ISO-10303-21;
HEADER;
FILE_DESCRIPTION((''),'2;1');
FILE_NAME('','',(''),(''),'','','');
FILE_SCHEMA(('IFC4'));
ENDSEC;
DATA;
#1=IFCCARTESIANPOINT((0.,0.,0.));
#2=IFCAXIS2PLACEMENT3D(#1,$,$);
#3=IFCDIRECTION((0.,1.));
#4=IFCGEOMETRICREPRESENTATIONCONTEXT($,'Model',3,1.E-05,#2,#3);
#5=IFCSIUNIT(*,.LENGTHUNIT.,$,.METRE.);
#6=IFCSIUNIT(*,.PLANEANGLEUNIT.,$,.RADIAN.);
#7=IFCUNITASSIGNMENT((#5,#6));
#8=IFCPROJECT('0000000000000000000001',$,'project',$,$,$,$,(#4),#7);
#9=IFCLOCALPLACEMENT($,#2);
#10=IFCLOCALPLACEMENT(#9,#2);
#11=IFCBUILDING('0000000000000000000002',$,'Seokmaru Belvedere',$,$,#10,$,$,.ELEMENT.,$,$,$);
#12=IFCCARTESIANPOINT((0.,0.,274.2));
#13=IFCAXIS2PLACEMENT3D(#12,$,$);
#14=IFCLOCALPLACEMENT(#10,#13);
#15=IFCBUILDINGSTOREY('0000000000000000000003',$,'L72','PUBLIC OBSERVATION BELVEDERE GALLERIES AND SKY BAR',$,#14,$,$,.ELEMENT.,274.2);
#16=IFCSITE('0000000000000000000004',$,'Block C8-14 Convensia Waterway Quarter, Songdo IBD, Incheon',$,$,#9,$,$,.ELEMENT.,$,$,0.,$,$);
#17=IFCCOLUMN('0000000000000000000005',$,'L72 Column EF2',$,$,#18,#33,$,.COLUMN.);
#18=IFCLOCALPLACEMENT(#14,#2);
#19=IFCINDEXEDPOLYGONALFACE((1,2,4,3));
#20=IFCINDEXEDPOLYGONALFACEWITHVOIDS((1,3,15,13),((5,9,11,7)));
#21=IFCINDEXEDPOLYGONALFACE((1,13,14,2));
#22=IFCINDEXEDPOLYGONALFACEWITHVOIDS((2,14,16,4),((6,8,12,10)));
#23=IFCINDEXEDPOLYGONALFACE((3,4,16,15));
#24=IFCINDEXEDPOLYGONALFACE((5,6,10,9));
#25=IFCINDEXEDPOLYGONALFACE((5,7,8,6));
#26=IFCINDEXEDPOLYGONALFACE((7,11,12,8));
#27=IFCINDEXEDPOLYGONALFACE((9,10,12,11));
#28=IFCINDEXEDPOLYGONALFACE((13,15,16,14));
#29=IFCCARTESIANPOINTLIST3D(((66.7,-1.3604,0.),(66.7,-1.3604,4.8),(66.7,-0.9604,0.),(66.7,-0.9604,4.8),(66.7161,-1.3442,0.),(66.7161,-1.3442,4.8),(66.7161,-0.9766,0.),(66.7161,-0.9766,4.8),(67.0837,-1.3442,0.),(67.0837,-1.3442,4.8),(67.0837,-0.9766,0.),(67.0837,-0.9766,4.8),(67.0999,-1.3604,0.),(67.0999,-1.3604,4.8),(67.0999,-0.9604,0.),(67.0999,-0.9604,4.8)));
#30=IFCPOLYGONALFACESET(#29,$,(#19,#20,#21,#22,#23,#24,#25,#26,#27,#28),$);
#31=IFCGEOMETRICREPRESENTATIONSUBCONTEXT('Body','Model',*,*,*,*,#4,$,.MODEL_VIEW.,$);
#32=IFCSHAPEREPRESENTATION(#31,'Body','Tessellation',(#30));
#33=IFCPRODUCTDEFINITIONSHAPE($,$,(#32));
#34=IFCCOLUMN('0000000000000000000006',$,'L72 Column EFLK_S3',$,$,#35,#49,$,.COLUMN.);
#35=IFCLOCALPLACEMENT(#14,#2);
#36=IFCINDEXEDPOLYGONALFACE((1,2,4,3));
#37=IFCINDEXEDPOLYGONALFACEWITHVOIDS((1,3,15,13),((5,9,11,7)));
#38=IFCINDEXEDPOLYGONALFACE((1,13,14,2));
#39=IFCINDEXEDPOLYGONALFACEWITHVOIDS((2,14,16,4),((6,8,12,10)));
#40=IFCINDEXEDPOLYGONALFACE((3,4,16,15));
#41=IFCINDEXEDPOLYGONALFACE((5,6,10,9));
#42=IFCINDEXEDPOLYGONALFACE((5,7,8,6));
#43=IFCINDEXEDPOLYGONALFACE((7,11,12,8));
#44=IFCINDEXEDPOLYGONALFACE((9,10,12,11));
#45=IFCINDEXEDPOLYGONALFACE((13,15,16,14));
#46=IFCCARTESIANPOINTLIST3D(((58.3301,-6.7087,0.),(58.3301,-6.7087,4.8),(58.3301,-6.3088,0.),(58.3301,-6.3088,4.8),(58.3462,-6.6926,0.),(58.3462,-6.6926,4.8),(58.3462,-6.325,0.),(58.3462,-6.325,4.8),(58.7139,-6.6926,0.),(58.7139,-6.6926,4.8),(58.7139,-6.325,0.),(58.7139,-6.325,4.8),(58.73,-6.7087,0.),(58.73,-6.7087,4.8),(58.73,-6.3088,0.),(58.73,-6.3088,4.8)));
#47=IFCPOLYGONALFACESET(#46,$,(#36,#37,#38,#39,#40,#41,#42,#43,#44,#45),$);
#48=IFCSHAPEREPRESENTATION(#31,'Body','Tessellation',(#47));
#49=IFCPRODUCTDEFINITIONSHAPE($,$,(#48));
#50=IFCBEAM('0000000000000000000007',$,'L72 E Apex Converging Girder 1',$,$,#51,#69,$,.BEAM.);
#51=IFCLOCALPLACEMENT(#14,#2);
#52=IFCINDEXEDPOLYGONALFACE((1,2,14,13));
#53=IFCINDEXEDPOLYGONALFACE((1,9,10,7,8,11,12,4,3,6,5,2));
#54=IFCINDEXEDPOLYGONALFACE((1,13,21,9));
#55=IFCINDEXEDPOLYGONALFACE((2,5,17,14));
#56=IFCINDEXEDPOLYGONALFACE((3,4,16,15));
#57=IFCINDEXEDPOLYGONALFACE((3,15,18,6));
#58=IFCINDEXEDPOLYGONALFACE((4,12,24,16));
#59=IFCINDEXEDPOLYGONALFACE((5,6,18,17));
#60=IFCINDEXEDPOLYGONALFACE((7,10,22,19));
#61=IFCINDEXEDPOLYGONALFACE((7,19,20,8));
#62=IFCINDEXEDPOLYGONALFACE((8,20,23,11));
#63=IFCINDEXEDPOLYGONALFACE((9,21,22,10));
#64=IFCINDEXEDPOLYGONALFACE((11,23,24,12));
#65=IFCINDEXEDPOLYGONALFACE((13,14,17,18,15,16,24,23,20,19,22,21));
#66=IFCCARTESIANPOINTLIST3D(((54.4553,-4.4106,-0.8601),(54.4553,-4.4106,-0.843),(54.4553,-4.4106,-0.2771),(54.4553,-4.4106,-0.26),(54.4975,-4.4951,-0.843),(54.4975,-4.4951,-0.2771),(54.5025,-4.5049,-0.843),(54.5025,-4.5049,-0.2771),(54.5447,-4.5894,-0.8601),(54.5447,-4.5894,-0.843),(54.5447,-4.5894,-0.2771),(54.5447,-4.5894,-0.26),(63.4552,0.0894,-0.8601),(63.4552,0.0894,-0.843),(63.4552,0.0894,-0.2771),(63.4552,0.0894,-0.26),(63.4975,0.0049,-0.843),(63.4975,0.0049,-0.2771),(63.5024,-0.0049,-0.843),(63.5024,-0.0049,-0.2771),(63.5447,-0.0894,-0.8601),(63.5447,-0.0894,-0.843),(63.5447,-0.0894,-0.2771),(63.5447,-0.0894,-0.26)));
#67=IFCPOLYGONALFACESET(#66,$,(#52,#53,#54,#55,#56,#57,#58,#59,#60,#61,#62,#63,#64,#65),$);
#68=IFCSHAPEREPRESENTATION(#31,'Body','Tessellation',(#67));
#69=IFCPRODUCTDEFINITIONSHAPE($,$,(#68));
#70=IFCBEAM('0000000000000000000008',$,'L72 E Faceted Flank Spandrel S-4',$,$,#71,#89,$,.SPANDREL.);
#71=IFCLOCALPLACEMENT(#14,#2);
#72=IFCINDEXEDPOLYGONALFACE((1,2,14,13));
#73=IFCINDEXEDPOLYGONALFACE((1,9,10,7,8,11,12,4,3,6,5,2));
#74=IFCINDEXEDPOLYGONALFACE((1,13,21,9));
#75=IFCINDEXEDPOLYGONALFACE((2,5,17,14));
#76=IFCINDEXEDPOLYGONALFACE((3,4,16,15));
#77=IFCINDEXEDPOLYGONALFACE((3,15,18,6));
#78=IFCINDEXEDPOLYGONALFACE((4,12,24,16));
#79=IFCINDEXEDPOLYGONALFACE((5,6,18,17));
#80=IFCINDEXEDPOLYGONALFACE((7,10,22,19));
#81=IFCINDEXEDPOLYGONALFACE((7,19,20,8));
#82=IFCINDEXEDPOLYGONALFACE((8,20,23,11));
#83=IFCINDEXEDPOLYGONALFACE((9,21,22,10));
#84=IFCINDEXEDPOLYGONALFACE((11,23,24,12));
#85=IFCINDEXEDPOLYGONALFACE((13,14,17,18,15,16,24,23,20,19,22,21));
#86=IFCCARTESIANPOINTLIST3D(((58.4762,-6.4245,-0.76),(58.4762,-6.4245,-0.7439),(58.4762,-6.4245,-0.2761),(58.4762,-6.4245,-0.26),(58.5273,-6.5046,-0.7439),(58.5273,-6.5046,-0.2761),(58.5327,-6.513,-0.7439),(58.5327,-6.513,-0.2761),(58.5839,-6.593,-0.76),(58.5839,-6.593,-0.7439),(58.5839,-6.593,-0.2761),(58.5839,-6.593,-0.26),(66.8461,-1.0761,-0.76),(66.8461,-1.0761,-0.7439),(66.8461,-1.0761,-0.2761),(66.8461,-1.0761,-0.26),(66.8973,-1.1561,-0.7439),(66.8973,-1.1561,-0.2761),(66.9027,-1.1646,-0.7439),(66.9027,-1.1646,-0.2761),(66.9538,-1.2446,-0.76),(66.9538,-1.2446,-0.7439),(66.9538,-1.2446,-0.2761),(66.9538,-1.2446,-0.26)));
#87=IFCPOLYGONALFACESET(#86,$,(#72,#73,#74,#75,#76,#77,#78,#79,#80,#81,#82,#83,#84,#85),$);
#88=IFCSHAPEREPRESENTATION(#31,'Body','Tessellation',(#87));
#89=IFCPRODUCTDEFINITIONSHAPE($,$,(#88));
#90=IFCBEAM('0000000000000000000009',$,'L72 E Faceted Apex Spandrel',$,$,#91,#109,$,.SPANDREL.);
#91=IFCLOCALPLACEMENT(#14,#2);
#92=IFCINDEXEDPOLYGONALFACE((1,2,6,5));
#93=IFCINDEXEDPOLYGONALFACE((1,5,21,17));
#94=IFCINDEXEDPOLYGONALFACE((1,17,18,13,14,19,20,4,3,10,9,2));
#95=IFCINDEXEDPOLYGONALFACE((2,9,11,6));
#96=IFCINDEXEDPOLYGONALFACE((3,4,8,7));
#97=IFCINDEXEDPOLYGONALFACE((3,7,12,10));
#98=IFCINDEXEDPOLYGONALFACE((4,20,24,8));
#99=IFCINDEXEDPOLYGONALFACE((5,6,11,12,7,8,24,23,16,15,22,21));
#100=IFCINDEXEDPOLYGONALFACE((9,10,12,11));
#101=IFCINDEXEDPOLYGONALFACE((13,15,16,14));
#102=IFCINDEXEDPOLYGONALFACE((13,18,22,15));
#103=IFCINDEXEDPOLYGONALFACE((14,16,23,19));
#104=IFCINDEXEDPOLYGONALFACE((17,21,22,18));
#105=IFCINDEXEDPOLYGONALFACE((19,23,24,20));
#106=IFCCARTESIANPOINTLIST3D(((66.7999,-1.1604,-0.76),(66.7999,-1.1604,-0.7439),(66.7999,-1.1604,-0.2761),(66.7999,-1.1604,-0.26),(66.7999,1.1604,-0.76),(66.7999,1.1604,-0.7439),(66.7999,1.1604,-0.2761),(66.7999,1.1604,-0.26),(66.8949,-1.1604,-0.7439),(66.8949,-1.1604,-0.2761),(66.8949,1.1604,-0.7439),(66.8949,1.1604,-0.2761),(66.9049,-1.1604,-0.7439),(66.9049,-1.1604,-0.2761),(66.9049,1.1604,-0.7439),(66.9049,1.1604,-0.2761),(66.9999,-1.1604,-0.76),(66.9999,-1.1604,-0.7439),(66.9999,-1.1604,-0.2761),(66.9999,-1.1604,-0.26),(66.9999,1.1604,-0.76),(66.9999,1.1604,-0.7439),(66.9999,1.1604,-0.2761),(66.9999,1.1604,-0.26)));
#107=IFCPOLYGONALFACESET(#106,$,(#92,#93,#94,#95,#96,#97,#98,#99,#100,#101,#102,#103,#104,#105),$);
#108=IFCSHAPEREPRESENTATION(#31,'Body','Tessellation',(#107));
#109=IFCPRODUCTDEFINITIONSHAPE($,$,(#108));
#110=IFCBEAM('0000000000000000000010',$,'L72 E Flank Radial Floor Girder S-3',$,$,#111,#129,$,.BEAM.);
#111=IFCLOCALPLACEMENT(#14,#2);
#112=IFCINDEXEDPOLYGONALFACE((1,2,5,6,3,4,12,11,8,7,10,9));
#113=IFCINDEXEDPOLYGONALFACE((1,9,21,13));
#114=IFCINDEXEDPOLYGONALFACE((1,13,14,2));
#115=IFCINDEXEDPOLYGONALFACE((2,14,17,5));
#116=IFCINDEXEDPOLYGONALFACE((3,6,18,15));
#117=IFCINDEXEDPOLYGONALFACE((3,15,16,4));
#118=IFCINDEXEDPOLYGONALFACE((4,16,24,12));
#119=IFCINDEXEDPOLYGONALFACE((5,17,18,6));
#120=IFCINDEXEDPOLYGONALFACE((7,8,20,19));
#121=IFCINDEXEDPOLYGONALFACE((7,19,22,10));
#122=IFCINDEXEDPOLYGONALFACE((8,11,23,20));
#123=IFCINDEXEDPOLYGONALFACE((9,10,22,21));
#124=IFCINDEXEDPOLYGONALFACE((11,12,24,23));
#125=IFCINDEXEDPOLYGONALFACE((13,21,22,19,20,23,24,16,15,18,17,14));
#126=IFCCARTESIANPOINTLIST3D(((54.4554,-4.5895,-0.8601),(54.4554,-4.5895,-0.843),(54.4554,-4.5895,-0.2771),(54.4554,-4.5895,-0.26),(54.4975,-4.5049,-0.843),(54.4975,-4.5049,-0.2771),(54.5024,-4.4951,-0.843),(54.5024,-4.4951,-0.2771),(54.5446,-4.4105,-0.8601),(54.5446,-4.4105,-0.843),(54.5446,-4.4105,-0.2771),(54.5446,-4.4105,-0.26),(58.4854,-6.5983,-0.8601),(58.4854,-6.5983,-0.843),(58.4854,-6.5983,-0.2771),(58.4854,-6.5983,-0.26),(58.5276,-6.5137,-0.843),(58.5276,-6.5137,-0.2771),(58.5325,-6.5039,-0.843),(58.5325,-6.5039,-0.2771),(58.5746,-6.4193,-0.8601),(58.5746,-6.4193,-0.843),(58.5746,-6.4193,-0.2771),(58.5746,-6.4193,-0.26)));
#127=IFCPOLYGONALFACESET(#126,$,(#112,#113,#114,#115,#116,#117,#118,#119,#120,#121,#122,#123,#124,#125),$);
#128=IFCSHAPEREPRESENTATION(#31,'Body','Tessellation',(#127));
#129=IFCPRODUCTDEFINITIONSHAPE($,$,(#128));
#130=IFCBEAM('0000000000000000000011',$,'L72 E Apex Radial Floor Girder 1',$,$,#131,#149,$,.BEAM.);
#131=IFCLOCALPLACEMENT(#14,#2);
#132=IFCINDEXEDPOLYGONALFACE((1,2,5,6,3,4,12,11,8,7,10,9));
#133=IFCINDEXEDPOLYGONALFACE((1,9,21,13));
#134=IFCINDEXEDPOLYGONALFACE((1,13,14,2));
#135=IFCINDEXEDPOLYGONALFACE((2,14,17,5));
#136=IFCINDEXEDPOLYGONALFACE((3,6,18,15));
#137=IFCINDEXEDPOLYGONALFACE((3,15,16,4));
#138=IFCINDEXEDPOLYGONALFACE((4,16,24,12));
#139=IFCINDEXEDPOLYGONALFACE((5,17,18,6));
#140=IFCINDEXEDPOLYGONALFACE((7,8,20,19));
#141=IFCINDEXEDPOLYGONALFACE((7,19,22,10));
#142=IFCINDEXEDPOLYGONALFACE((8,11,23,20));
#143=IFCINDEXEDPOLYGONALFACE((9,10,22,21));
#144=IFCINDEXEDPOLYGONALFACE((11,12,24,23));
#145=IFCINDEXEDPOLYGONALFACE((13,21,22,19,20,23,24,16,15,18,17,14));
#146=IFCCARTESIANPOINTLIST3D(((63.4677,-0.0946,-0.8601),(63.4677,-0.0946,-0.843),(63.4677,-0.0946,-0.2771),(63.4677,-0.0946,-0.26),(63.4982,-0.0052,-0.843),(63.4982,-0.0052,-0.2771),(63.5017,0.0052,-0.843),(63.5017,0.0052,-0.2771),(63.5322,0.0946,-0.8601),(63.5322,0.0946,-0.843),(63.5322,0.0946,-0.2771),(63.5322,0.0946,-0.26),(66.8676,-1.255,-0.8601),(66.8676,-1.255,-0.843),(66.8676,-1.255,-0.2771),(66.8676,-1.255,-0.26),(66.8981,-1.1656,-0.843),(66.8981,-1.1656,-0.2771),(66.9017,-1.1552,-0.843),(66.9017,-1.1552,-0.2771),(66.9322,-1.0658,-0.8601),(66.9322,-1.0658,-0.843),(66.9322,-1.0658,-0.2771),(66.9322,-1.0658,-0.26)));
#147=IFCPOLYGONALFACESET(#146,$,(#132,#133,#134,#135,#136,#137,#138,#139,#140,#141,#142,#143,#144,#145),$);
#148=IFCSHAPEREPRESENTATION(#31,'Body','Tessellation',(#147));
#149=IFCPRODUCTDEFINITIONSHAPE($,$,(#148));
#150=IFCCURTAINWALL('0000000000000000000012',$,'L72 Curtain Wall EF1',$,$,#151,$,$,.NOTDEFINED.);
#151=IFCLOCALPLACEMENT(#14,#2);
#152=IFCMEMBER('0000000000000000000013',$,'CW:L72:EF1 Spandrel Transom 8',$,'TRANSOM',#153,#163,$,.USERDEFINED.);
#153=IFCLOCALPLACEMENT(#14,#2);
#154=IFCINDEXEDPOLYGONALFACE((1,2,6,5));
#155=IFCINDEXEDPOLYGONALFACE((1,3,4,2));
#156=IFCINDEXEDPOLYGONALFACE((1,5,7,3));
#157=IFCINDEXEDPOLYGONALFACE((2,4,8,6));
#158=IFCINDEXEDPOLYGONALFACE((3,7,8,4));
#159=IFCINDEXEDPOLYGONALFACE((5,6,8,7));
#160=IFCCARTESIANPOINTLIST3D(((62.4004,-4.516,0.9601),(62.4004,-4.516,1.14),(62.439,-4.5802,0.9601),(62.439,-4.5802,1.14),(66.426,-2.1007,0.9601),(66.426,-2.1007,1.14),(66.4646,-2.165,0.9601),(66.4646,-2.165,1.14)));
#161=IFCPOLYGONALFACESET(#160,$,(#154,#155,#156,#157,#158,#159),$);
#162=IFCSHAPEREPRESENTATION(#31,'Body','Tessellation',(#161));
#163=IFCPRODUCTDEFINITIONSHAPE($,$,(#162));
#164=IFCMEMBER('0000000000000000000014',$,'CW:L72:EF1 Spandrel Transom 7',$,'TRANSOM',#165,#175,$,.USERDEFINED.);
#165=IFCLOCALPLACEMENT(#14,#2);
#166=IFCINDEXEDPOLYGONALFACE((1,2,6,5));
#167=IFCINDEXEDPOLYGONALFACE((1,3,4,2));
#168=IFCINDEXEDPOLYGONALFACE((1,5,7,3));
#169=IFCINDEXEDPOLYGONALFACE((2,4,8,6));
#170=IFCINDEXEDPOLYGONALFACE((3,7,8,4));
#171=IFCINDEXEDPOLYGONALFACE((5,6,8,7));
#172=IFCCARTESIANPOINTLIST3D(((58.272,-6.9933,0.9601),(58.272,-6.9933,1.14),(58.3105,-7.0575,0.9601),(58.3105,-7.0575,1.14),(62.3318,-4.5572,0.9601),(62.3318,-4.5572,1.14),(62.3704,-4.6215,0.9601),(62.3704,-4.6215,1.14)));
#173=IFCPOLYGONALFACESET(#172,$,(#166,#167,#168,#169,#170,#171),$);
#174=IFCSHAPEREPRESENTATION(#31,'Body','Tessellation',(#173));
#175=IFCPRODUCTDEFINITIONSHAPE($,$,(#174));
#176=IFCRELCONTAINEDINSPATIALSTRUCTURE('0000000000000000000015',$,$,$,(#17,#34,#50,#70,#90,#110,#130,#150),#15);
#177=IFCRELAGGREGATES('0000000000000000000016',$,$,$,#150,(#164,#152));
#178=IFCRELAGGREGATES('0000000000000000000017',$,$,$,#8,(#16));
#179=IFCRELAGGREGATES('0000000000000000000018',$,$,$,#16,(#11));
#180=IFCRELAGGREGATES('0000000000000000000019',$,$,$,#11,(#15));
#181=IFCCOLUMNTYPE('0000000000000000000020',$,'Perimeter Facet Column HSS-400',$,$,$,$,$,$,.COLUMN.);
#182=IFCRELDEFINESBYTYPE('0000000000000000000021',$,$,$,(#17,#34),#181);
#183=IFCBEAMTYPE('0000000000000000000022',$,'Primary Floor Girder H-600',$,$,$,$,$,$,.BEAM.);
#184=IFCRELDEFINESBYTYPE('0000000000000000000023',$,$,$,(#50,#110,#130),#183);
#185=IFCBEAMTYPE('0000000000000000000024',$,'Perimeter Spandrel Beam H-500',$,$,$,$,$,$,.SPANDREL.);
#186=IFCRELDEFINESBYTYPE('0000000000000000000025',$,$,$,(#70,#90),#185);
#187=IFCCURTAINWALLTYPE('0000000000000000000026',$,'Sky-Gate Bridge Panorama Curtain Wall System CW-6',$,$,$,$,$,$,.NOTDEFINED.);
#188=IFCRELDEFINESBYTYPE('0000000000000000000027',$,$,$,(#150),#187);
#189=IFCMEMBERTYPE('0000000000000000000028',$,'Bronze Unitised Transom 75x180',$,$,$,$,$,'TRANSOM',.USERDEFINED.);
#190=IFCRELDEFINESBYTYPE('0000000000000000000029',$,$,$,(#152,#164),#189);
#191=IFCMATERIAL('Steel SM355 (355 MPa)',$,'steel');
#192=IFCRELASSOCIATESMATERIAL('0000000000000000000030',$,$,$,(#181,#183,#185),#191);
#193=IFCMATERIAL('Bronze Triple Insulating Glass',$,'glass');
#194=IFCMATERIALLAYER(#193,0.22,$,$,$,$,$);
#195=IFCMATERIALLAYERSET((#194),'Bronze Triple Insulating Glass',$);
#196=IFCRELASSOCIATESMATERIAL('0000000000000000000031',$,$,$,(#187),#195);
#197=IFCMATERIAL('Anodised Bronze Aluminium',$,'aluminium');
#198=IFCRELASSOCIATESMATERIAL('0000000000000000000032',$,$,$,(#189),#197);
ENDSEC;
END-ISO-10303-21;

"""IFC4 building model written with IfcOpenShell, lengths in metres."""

from ifc_helpers import new_model, si_unit, direction, frame, origin, origin_2d, place, context, subcontext, project, spatial, rectangle, hollow_rectangle, i_section, extrude, source, transform, mapped, material, layer, layer_set, material_profile, profile_set, type_object, type_shapes, element, aggregate, save


model = new_model("IFC4")

# Units and contexts
model_context = context("Model", 3, precision=1e-05, world=origin(), true_north=direction((0.0, 1.0)))
body_context = subcontext(model_context, "Body", "Model", "MODEL_VIEW")
ifc_project = project(units=[si_unit("LENGTHUNIT", "METRE"), si_unit("PLANEANGLEUNIT", "RADIAN")], contexts=[model_context])

# Site, building, storey
site_placement = place(None, origin())
site = spatial("IfcSite", under=ifc_project, at=site_placement, Name="Block C8-14 Convensia Waterway Quarter, Songdo IBD, Incheon", CompositionType="ELEMENT", RefElevation=0.0)
building_placement = place(site_placement, origin())
building = spatial("IfcBuilding", under=site, at=building_placement, Name="Seokmaru Belvedere", CompositionType="ELEMENT")
storey_placement = place(building_placement, frame((0.0, 0.0, 274.2)))
storey = spatial("IfcBuildingStorey", under=building, at=storey_placement, Name="L72", Description="PUBLIC OBSERVATION BELVEDERE GALLERIES AND SKY BAR", CompositionType="ELEMENT", Elevation=274.2)

# Columns
ifc_material_1 = material(Name="Steel SM355 (355 MPa)", Category="steel")
ifc_material_profile_1 = material_profile(ifc_material_1, hollow_rectangle(XDim=0.3999, YDim=0.3999, WallThickness=0.0161, at=origin_2d()), Name="HSS-400x400x16")
ifc_profile_set_1 = profile_set([ifc_material_profile_1], Name="Steel SM355 (355 MPa)")
column_type = type_object("IfcColumnType", Name="Perimeter Facet Column HSS-400", PredefinedType="COLUMN", material=ifc_profile_set_1)
shared_shape_1 = source(origin(), body_context, "Body", "SweptSolid", [
    extrude(hollow_rectangle(XDim=0.3999, YDim=0.3999, WallThickness=0.0161, at=origin_2d()), origin(), (0.0, 0.0, 1.0), 4.8),
])
type_shapes(column_type, [shared_shape_1])
for number, where, z_axis, x_axis, name in (
    (1, (66.8999, -1.1604, 0.0), (0.0, 0.0, 1.0), (1.0, 0.0, 0.0), "L72 Column EF2"),
    (2, (58.53, -6.5088, 0.0), (0.0, 0.0, 1.0), (1.0, 0.0, 0.0), "L72 Column EFLK_S3"),
):
    element("IfcColumn", number, at=place(storey_placement, frame(where, z_axis=z_axis, x_axis=x_axis)), inside=storey, type_object=column_type, Name=name, PredefinedType="COLUMN", context=body_context, shape_type="MappedRepresentation", body=[
        mapped(shared_shape_1, transform((0.0, 0.0, 0.0), scale=1.0)),
    ])

# Beams
ifc_material_profile_2 = material_profile(ifc_material_1, i_section(OverallWidth=0.2, OverallDepth=0.6001, WebThickness=0.011, FlangeThickness=0.0171, at=origin_2d()), Name="H-600x200x11x17")
ifc_profile_set_2 = profile_set([ifc_material_profile_2], Name="Steel SM355 (355 MPa)")
beam_type_1 = type_object("IfcBeamType", Name="Primary Floor Girder H-600", PredefinedType="BEAM", material=ifc_profile_set_2)
shared_shape_2 = source(origin(), body_context, "Body", "SweptSolid", [
    extrude(i_section(OverallWidth=0.2, OverallDepth=0.6001, WebThickness=0.011, FlangeThickness=0.0171, at=origin_2d()), origin(), (0.0, 0.0, 1.0), 10.0623),
])
beam_1_placement = place(storey_placement, frame((54.5, -4.5, -0.5601), z_axis=(0.894427, 0.447214, 0.0), x_axis=(-0.447214, 0.894427, 0.0)))
element("IfcBeam", 3, at=beam_1_placement, inside=storey, type_object=beam_type_1, Name="L72 E Apex Converging Girder 1", PredefinedType="BEAM", context=body_context, shape_type="MappedRepresentation", body=[
    mapped(shared_shape_2, transform((0.0, 0.0, 0.0), scale=1.0)),
])
ifc_material_profile_3 = material_profile(ifc_material_1, i_section(OverallWidth=0.2, OverallDepth=0.5, WebThickness=0.01, FlangeThickness=0.0161, at=origin_2d()), Name="H-500x200x10x16")
ifc_profile_set_3 = profile_set([ifc_material_profile_3], Name="Steel SM355 (355 MPa)")
beam_type_2 = type_object("IfcBeamType", Name="Perimeter Spandrel Beam H-500", PredefinedType="SPANDREL", material=ifc_profile_set_3)
shared_shape_3 = source(origin(), body_context, "Body", "SweptSolid", [
    extrude(i_section(OverallWidth=0.2, OverallDepth=0.5, WebThickness=0.01, FlangeThickness=0.0161, at=origin_2d()), origin(), (0.0, 0.0, 1.0), 9.9329),
])
beam_2_placement = place(storey_placement, frame((58.53, -6.5088, -0.51), z_axis=(0.842652, 0.538459, 0.0), x_axis=(-0.538459, 0.842652, 0.0)))
element("IfcBeam", 4, at=beam_2_placement, inside=storey, type_object=beam_type_2, Name="L72 E Faceted Flank Spandrel S-4", PredefinedType="SPANDREL", context=body_context, shape_type="MappedRepresentation", body=[
    mapped(shared_shape_3, transform((0.0, 0.0, 0.0), scale=1.0)),
])
shared_shape_4 = source(origin(), body_context, "Body", "SweptSolid", [
    extrude(i_section(OverallWidth=0.2, OverallDepth=0.5, WebThickness=0.01, FlangeThickness=0.0161, at=origin_2d()), origin(), (0.0, 0.0, 1.0), 2.3208),
])
type_shapes(beam_type_2, [shared_shape_3, shared_shape_4])
beam_3_placement = place(storey_placement, frame((66.8999, -1.1604, -0.51), z_axis=(0.0, 1.0, 0.0), x_axis=(-1.0, 0.0, 0.0)))
element("IfcBeam", 5, at=beam_3_placement, inside=storey, type_object=beam_type_2, Name="L72 E Faceted Apex Spandrel", PredefinedType="SPANDREL", context=body_context, shape_type="MappedRepresentation", body=[
    mapped(shared_shape_4, transform((0.0, 0.0, 0.0), scale=1.0)),
])
shared_shape_5 = source(origin(), body_context, "Body", "SweptSolid", [
    extrude(i_section(OverallWidth=0.2, OverallDepth=0.6001, WebThickness=0.011, FlangeThickness=0.0171, at=origin_2d()), origin(), (0.0, 0.0, 1.0), 4.5029),
])
beam_4_placement = place(storey_placement, frame((58.53, -6.5088, -0.5601), z_axis=(-0.89498, 0.446107, 0.0), x_axis=(-0.446107, -0.89498, 0.0)))
element("IfcBeam", 6, at=beam_4_placement, inside=storey, type_object=beam_type_1, Name="L72 E Flank Radial Floor Girder S-3", PredefinedType="BEAM", context=body_context, shape_type="MappedRepresentation", body=[
    mapped(shared_shape_5, transform((0.0, 0.0, 0.0), scale=1.0)),
])
shared_shape_6 = source(origin(), body_context, "Body", "SweptSolid", [
    extrude(i_section(OverallWidth=0.2, OverallDepth=0.6001, WebThickness=0.011, FlangeThickness=0.0171, at=origin_2d()), origin(), (0.0, 0.0, 1.0), 3.5925),
])
type_shapes(beam_type_1, [shared_shape_2, shared_shape_5, shared_shape_6])
beam_5_placement = place(storey_placement, frame((66.8999, -1.1604, -0.5601), z_axis=(-0.946396, 0.323009, 0.0), x_axis=(-0.323009, -0.946396, 0.0)))
element("IfcBeam", 7, at=beam_5_placement, inside=storey, type_object=beam_type_1, Name="L72 E Apex Radial Floor Girder 1", PredefinedType="BEAM", context=body_context, shape_type="MappedRepresentation", body=[
    mapped(shared_shape_6, transform((0.0, 0.0, 0.0), scale=1.0)),
])

# Curtain wall, members
ifc_material_2 = material(Name="Bronze Triple Insulating Glass", Category="glass")
ifc_layer_1 = layer(ifc_material_2, 0.22)
ifc_layer_set_1 = layer_set([ifc_layer_1], Name="Bronze Triple Insulating Glass")
curtain_wall_type = type_object("IfcCurtainWallType", Name="Sky-Gate Bridge Panorama Curtain Wall System CW-6", PredefinedType="NOTDEFINED", material=ifc_layer_set_1)
curtain_wall_1_placement = place(storey_placement, origin())
curtain_wall_1 = element("IfcCurtainWall", 8, at=curtain_wall_1_placement, inside=storey, type_object=curtain_wall_type, Name="L72 Curtain Wall EF1", PredefinedType="NOTDEFINED")
ifc_material_3 = material(Name="Anodised Bronze Aluminium", Category="aluminium")
ifc_material_profile_4 = material_profile(ifc_material_3, rectangle(XDim=0.075, YDim=0.1799, at=origin_2d()), Name="CW-T-75x180")
ifc_profile_set_4 = profile_set([ifc_material_profile_4], Name="Anodised Bronze Aluminium")
member_type_1 = type_object("IfcMemberType", Name="Bronze Unitised Transom 75x180", ElementType="TRANSOM", PredefinedType="USERDEFINED", material=ifc_profile_set_4)
shared_shape_7 = source(origin(), body_context, "Body", "SweptSolid", [
    extrude(rectangle(XDim=0.075, YDim=0.1799, at=origin_2d()), origin(), (0.0, 0.0, 1.0), 4.6946),
])
member_1_placement = place(storey_placement, frame((62.4197, -4.5481, 1.05), z_axis=(0.857502, 0.51448, 0.0), x_axis=(-0.51448, 0.857502, 0.0)))
member_1 = element("IfcMember", 9, at=member_1_placement, type_object=member_type_1, Name="CW:L72:EF1 Spandrel Transom 8", ObjectType="TRANSOM", PredefinedType="USERDEFINED", context=body_context, shape_type="MappedRepresentation", body=[
    mapped(shared_shape_7, transform((0.0, 0.0, 0.0), scale=1.0)),
])
shared_shape_8 = source(origin(), body_context, "Body", "SweptSolid", [
    extrude(rectangle(XDim=0.075, YDim=0.1799, at=origin_2d()), origin(), (0.0, 0.0, 1.0), 4.7346),
])
type_shapes(member_type_1, [shared_shape_7, shared_shape_8])
member_2_placement = place(storey_placement, frame((58.2913, -7.0254, 1.05), z_axis=(0.857479, 0.514519, 0.0), x_axis=(-0.514519, 0.857479, 0.0)))
member_2 = element("IfcMember", 10, at=member_2_placement, type_object=member_type_1, Name="CW:L72:EF1 Spandrel Transom 7", ObjectType="TRANSOM", PredefinedType="USERDEFINED", context=body_context, shape_type="MappedRepresentation", body=[
    mapped(shared_shape_8, transform((0.0, 0.0, 0.0), scale=1.0)),
])

aggregate(curtain_wall_1, [member_2, member_1])

save(model, "model.ifc")
